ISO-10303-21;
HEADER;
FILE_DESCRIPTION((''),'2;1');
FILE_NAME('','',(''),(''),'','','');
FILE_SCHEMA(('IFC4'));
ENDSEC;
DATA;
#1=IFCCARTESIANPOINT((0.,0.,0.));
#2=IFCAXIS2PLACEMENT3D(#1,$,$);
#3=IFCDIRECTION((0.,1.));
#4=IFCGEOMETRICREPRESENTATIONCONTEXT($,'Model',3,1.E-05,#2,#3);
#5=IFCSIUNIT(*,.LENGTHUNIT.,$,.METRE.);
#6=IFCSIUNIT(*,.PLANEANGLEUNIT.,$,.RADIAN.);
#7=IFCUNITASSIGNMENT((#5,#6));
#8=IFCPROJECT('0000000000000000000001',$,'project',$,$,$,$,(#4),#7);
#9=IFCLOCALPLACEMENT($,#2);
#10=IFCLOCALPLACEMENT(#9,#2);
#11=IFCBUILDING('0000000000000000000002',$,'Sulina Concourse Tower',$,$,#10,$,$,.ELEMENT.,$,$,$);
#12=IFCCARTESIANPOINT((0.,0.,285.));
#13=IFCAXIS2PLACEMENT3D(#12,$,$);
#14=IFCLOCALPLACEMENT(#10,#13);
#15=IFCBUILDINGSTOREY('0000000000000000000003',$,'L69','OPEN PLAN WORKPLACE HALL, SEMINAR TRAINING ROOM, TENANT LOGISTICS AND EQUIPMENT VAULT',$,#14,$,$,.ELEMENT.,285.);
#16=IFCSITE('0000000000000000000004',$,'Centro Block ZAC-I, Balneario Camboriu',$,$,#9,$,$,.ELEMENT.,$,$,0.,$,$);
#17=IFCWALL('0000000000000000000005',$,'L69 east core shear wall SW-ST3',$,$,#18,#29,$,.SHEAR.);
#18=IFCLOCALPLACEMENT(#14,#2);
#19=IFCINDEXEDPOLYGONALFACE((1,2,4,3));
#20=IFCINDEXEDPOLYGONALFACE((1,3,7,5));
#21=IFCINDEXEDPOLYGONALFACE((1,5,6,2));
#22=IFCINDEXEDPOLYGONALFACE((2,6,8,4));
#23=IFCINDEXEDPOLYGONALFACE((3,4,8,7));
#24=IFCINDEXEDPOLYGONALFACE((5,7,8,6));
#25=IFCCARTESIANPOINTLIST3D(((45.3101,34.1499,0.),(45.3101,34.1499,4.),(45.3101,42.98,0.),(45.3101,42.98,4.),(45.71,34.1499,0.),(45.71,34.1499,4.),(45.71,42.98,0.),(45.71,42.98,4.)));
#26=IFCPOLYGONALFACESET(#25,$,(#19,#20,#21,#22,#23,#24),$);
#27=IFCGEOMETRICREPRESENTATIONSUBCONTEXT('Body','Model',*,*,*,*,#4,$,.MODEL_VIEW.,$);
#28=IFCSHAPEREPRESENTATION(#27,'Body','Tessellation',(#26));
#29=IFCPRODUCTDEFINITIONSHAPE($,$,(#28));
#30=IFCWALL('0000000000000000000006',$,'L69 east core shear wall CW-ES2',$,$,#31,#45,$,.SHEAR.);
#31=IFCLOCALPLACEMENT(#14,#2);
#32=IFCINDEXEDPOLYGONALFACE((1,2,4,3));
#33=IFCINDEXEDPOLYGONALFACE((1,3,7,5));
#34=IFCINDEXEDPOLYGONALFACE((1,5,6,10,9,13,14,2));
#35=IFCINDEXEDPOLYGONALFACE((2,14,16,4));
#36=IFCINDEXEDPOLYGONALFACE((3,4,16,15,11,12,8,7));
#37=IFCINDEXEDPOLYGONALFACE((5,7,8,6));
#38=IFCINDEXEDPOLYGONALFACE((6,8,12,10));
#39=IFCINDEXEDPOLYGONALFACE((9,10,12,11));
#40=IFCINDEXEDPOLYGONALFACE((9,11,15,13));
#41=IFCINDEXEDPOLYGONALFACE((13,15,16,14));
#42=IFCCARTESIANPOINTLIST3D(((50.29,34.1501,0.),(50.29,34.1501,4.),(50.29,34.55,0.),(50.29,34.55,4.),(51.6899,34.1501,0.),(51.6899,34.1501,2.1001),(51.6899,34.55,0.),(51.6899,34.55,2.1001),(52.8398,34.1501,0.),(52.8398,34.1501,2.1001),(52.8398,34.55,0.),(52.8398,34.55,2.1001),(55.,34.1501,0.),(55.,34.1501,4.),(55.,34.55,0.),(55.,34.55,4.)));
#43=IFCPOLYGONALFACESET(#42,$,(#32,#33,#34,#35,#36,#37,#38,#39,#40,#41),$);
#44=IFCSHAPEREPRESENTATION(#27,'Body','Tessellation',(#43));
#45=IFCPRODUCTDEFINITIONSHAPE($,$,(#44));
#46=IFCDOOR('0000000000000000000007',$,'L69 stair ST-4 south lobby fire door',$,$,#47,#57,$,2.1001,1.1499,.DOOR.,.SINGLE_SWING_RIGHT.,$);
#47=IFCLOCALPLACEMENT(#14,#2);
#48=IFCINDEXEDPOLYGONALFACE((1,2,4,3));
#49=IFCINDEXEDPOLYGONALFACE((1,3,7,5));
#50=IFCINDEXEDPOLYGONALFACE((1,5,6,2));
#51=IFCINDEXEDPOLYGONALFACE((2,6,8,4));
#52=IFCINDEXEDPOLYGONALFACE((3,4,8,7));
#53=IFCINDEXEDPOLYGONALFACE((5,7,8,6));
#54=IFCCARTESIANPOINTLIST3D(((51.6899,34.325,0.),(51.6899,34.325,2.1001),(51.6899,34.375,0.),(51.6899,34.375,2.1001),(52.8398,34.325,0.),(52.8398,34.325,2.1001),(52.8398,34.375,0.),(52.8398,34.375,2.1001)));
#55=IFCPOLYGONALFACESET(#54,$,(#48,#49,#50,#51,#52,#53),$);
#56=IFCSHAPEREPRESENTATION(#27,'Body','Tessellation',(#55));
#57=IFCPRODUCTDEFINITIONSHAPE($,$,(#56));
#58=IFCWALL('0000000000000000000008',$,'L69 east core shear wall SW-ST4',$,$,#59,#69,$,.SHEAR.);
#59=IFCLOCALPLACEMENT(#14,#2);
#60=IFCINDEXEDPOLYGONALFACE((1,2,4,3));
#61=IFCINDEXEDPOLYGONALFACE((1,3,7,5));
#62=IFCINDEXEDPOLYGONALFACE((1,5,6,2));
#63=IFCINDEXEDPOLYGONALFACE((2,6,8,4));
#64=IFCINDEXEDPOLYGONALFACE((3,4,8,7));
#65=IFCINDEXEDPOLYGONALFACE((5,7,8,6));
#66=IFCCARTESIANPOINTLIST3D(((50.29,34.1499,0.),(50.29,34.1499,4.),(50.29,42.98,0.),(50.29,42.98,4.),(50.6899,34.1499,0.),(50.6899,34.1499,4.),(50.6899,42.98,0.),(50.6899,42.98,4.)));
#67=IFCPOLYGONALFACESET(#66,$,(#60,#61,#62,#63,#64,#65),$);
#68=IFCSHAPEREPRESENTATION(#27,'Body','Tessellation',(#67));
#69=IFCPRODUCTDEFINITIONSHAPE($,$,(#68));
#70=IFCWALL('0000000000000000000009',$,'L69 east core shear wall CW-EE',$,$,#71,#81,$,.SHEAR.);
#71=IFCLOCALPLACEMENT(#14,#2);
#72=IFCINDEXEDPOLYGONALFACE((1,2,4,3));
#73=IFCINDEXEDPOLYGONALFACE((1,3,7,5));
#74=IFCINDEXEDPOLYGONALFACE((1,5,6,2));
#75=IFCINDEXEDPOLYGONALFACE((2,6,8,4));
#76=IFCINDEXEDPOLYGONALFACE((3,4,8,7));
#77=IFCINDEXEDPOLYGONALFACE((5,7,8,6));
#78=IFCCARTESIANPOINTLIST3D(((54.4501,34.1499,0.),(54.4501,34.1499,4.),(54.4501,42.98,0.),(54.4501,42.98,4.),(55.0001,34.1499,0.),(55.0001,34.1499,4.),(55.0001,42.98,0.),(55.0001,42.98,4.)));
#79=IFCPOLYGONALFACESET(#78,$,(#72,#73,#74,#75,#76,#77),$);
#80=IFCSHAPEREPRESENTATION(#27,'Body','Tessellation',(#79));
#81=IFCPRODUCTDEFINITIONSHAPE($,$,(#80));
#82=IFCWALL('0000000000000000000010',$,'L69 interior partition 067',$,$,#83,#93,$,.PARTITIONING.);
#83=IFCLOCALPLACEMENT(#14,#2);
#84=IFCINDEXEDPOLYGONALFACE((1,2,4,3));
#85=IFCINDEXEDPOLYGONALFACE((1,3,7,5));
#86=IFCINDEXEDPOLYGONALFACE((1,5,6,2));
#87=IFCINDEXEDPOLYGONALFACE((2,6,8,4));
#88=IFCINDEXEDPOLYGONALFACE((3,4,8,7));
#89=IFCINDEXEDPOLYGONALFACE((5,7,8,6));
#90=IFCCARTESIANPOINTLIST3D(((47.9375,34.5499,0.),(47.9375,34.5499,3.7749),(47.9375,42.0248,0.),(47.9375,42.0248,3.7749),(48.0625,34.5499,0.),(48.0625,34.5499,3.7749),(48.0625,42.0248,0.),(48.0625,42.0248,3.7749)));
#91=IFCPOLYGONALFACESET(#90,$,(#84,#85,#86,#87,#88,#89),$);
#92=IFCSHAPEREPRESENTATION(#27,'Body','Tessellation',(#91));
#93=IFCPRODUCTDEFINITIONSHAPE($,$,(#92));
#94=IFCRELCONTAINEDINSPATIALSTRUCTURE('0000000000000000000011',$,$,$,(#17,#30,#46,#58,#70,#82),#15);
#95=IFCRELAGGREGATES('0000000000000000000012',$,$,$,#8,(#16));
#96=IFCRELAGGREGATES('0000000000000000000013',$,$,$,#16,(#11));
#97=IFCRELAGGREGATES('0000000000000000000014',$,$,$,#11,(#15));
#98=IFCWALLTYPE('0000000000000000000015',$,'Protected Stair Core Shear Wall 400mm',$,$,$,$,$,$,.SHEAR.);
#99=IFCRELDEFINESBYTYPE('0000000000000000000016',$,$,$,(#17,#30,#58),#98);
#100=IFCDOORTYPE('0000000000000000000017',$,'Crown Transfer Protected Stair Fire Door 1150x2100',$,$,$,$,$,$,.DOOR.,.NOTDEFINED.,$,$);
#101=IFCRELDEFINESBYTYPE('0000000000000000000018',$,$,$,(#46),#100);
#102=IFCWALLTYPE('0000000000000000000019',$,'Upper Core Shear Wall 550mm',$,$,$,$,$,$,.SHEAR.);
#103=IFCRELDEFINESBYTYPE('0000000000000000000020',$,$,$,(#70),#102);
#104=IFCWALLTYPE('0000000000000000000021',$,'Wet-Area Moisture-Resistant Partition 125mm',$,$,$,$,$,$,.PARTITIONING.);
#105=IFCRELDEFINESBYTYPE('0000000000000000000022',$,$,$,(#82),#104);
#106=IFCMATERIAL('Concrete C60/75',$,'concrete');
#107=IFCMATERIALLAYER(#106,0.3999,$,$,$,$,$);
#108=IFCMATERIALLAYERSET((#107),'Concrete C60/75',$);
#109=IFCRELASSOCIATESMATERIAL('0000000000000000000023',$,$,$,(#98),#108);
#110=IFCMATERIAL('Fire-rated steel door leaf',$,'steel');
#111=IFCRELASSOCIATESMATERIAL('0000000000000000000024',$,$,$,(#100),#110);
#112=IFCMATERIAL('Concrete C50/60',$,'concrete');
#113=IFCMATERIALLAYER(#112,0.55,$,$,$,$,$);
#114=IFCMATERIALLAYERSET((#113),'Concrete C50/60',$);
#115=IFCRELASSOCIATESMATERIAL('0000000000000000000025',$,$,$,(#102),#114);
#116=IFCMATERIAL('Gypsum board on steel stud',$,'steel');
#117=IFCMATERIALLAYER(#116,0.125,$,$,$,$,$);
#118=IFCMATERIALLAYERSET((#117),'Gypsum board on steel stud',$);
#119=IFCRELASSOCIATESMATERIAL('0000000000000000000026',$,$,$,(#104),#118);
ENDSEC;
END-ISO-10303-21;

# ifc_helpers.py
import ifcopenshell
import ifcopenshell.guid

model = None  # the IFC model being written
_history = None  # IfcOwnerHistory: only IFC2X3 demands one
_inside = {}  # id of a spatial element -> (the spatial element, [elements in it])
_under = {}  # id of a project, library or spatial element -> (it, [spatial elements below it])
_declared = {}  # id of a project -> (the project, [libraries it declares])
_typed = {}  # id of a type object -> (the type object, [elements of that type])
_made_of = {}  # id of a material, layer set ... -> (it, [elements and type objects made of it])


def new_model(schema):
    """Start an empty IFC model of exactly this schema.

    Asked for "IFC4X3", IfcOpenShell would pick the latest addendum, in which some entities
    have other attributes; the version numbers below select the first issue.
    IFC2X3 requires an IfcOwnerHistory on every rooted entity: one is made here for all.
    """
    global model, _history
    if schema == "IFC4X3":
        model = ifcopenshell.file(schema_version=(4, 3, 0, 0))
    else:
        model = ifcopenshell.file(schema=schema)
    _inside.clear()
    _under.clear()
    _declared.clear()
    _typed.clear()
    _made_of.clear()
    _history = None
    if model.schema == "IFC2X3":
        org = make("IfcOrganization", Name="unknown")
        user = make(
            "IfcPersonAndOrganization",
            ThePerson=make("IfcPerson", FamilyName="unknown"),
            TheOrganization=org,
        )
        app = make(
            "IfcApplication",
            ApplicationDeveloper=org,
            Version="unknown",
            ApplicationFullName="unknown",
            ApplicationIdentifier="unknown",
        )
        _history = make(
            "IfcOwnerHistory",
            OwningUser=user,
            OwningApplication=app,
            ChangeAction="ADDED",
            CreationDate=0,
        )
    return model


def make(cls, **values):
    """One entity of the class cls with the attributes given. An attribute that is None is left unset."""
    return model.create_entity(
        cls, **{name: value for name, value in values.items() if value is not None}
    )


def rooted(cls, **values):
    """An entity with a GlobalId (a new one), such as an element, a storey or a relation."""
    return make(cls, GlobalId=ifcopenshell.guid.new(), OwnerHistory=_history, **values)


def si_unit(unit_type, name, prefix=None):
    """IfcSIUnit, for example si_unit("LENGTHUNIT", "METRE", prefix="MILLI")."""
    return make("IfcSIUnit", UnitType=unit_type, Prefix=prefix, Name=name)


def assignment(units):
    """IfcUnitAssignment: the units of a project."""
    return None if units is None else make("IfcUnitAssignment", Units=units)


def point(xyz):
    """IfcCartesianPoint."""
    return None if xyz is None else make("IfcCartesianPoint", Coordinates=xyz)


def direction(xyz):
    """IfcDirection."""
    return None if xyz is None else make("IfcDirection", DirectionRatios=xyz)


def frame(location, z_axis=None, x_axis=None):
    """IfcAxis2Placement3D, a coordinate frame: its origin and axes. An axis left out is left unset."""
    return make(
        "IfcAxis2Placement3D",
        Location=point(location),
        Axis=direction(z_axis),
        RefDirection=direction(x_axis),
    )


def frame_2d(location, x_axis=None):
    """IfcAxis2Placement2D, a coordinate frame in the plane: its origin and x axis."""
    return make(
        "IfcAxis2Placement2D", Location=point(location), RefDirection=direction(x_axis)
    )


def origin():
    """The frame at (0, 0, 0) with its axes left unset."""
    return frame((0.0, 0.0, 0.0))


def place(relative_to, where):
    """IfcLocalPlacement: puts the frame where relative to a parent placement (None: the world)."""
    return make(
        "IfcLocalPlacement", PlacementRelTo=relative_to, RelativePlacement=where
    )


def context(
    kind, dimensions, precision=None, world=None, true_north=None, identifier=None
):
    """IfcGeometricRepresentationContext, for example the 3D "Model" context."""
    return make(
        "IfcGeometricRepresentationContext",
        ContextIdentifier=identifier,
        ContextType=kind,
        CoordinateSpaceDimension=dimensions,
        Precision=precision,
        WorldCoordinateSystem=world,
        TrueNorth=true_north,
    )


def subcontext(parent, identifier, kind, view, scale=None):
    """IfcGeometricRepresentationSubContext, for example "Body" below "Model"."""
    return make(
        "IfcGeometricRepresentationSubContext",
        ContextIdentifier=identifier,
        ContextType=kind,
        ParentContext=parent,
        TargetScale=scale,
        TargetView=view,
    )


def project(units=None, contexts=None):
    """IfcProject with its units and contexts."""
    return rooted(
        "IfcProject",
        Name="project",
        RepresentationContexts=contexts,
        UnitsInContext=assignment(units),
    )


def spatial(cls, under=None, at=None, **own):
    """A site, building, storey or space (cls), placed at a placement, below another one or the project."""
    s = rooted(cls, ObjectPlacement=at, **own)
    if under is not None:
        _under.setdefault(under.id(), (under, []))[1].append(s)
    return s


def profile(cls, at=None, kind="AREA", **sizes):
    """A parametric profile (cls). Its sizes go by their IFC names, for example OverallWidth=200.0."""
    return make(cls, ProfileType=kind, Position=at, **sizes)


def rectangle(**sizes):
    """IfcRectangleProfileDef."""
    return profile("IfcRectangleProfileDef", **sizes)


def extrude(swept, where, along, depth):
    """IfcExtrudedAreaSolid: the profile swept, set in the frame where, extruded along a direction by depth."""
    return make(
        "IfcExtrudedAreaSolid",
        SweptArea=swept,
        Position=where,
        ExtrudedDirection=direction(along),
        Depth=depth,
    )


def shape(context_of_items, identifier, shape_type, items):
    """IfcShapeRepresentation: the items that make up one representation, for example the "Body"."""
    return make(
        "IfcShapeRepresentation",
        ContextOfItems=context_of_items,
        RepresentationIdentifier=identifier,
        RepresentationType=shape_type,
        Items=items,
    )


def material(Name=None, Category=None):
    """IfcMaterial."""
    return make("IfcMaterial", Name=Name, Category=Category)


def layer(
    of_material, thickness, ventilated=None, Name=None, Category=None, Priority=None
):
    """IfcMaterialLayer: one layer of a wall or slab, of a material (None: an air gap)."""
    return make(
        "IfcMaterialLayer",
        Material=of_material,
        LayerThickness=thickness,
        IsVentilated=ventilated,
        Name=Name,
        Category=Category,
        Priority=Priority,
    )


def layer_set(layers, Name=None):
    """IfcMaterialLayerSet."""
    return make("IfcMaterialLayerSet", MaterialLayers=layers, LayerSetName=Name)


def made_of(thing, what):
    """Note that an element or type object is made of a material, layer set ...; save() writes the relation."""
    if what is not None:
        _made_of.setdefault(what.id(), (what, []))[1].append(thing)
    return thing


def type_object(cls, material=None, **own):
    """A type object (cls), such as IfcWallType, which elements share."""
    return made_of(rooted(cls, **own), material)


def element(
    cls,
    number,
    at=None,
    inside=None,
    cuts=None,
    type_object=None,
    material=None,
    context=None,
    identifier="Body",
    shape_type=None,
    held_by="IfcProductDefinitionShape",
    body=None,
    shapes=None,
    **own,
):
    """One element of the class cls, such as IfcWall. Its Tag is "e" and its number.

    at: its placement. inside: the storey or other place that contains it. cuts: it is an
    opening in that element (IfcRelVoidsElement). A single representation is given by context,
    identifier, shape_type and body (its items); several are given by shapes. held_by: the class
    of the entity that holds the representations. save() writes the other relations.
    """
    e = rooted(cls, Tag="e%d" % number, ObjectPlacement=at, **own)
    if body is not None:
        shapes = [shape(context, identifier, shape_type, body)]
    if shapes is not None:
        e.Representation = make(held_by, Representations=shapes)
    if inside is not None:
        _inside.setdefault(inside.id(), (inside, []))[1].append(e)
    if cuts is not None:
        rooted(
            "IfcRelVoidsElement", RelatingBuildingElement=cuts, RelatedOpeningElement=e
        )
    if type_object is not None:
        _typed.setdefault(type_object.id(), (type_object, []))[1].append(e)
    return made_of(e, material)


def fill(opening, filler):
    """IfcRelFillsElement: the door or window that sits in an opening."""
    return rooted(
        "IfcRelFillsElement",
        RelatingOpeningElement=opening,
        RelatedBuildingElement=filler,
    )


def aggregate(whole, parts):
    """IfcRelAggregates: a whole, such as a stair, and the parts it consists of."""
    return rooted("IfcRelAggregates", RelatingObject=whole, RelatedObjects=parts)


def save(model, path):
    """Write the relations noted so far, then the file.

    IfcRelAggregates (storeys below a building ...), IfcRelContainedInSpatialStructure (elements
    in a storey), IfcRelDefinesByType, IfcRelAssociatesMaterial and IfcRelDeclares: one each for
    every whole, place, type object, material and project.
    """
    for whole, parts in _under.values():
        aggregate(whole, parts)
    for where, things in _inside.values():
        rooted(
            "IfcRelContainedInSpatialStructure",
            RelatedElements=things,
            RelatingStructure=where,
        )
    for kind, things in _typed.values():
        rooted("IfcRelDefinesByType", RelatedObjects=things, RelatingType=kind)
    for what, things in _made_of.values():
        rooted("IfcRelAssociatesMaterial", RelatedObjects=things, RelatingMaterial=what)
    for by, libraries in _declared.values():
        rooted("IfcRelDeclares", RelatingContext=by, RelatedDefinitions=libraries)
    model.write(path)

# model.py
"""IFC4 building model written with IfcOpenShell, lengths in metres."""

from ifc_helpers import new_model, si_unit, direction, frame, frame_2d, origin, place, context, subcontext, project, spatial, rectangle, extrude, material, layer, layer_set, type_object, element, fill, save


model = new_model("IFC4")

# Units and contexts
model_context = context("Model", 3, precision=1e-05, world=origin(), true_north=direction((0.0, 1.0)))
body_context = subcontext(model_context, "Body", "Model", "MODEL_VIEW")
ifc_project = project(units=[si_unit("LENGTHUNIT", "METRE"), si_unit("PLANEANGLEUNIT", "RADIAN")], contexts=[model_context])

# Site, building, storey
site_placement = place(None, origin())
site = spatial("IfcSite", under=ifc_project, at=site_placement, Name="Centro Block ZAC-I, Balneario Camboriu", CompositionType="ELEMENT", RefElevation=0.0)
building_placement = place(site_placement, origin())
building = spatial("IfcBuilding", under=site, at=building_placement, Name="Sulina Concourse Tower", CompositionType="ELEMENT")
storey_placement = place(building_placement, frame((0.0, 0.0, 285.0)))
storey = spatial("IfcBuildingStorey", under=building, at=storey_placement, Name="L69", Description="OPEN PLAN WORKPLACE HALL, SEMINAR TRAINING ROOM, TENANT LOGISTICS AND EQUIPMENT VAULT", CompositionType="ELEMENT", Elevation=285.0)

# Wall
ifc_material_1 = material(Name="Concrete C60/75", Category="concrete")
ifc_layer_1 = layer(ifc_material_1, 0.3999)
ifc_layer_set_1 = layer_set([ifc_layer_1], Name="Concrete C60/75")
wall_type_1 = type_object("IfcWallType", Name="Protected Stair Core Shear Wall 400mm", PredefinedType="SHEAR", material=ifc_layer_set_1)
wall_1_placement = place(storey_placement, frame((45.51, 34.1499, 0.0), z_axis=(0.0, 0.0, 1.0), x_axis=(0.0, 1.0, 0.0)))
element("IfcWall", 1, at=wall_1_placement, inside=storey, type_object=wall_type_1, Name="L69 east core shear wall SW-ST3", PredefinedType="SHEAR", context=body_context, shape_type="SweptSolid", body=[
    extrude(rectangle(XDim=8.8301, YDim=0.3999, at=frame_2d((4.415, 0.0))), origin(), (0.0, 0.0, 1.0), 4.0),
])

# Wall, opening, door
wall_2_placement = place(storey_placement, frame((50.29, 34.3501, 0.0), z_axis=(0.0, 0.0, 1.0), x_axis=(1.0, 0.0, 0.0)))
wall_2 = element("IfcWall", 2, at=wall_2_placement, inside=storey, type_object=wall_type_1, Name="L69 east core shear wall CW-ES2", PredefinedType="SHEAR", context=body_context, shape_type="SweptSolid", body=[
    extrude(rectangle(XDim=4.71, YDim=0.3999, at=frame_2d((2.355, 0.0))), origin(), (0.0, 0.0, 1.0), 4.0),
])
opening_1_placement = place(wall_2_placement, frame((1.3999, 0.0, 0.0)))
opening_1 = element("IfcOpeningElement", 3, at=opening_1_placement, cuts=wall_2, PredefinedType="OPENING", context=body_context, shape_type="SweptSolid", body=[
    extrude(rectangle(XDim=1.1499, YDim=2.1001, at=frame_2d((0.575, 1.05))), frame((0.0, 0.21, 0.0), z_axis=(0.0, -1.0, 0.0), x_axis=(1.0, 0.0, 0.0)), (0.0, 0.0, 1.0), 0.4199),
])
ifc_material_2 = material(Name="Fire-rated steel door leaf", Category="steel")
door_type_1 = type_object("IfcDoorType", Name="Crown Transfer Protected Stair Fire Door 1150x2100", OperationType="NOTDEFINED", PredefinedType="DOOR", material=ifc_material_2)
door_1_placement = place(opening_1_placement, origin())
door_1 = element("IfcDoor", 4, at=door_1_placement, inside=storey, type_object=door_type_1, Name="L69 stair ST-4 south lobby fire door", OperationType="SINGLE_SWING_RIGHT", OverallHeight=2.1001, OverallWidth=1.1499, PredefinedType="DOOR", context=body_context, shape_type="SweptSolid", body=[
    extrude(rectangle(XDim=1.1499, YDim=2.1001, at=frame_2d((0.575, 1.05))), frame((0.0, 0.0249, 0.0), z_axis=(0.0, -1.0, 0.0), x_axis=(1.0, 0.0, 0.0)), (0.0, 0.0, 1.0), 0.05),
])
fill(opening_1, door_1)

# Walls
wall_3_placement = place(storey_placement, frame((50.49, 34.1499, 0.0), z_axis=(0.0, 0.0, 1.0), x_axis=(0.0, 1.0, 0.0)))
element("IfcWall", 5, at=wall_3_placement, inside=storey, type_object=wall_type_1, Name="L69 east core shear wall SW-ST4", PredefinedType="SHEAR", context=body_context, shape_type="SweptSolid", body=[
    extrude(rectangle(XDim=8.8301, YDim=0.3999, at=frame_2d((4.415, 0.0))), origin(), (0.0, 0.0, 1.0), 4.0),
])
ifc_material_3 = material(Name="Concrete C50/60", Category="concrete")
ifc_layer_2 = layer(ifc_material_3, 0.55)
ifc_layer_set_2 = layer_set([ifc_layer_2], Name="Concrete C50/60")
wall_type_2 = type_object("IfcWallType", Name="Upper Core Shear Wall 550mm", PredefinedType="SHEAR", material=ifc_layer_set_2)
wall_4_placement = place(storey_placement, frame((54.7251, 34.1499, 0.0), z_axis=(0.0, 0.0, 1.0), x_axis=(0.0, 1.0, 0.0)))
element("IfcWall", 6, at=wall_4_placement, inside=storey, type_object=wall_type_2, Name="L69 east core shear wall CW-EE", PredefinedType="SHEAR", context=body_context, shape_type="SweptSolid", body=[
    extrude(rectangle(XDim=8.8301, YDim=0.55, at=frame_2d((4.415, 0.0))), origin(), (0.0, 0.0, 1.0), 4.0),
])
ifc_material_4 = material(Name="Gypsum board on steel stud", Category="steel")
ifc_layer_3 = layer(ifc_material_4, 0.125)
ifc_layer_set_3 = layer_set([ifc_layer_3], Name="Gypsum board on steel stud")
wall_type_3 = type_object("IfcWallType", Name="Wet-Area Moisture-Resistant Partition 125mm", PredefinedType="PARTITIONING", material=ifc_layer_set_3)
wall_5_placement = place(storey_placement, frame((48.0, 34.55, 0.0), z_axis=(0.0, 0.0, 1.0), x_axis=(0.0, 1.0, 0.0)))
element("IfcWall", 7, at=wall_5_placement, inside=storey, type_object=wall_type_3, Name="L69 interior partition 067", PredefinedType="PARTITIONING", context=body_context, shape_type="SweptSolid", body=[
    extrude(rectangle(XDim=7.4749, YDim=0.125, at=frame_2d((3.7373, 0.0))), origin(), (0.0, 0.0, 1.0), 3.7749),
])

save(model, "model.ifc")
